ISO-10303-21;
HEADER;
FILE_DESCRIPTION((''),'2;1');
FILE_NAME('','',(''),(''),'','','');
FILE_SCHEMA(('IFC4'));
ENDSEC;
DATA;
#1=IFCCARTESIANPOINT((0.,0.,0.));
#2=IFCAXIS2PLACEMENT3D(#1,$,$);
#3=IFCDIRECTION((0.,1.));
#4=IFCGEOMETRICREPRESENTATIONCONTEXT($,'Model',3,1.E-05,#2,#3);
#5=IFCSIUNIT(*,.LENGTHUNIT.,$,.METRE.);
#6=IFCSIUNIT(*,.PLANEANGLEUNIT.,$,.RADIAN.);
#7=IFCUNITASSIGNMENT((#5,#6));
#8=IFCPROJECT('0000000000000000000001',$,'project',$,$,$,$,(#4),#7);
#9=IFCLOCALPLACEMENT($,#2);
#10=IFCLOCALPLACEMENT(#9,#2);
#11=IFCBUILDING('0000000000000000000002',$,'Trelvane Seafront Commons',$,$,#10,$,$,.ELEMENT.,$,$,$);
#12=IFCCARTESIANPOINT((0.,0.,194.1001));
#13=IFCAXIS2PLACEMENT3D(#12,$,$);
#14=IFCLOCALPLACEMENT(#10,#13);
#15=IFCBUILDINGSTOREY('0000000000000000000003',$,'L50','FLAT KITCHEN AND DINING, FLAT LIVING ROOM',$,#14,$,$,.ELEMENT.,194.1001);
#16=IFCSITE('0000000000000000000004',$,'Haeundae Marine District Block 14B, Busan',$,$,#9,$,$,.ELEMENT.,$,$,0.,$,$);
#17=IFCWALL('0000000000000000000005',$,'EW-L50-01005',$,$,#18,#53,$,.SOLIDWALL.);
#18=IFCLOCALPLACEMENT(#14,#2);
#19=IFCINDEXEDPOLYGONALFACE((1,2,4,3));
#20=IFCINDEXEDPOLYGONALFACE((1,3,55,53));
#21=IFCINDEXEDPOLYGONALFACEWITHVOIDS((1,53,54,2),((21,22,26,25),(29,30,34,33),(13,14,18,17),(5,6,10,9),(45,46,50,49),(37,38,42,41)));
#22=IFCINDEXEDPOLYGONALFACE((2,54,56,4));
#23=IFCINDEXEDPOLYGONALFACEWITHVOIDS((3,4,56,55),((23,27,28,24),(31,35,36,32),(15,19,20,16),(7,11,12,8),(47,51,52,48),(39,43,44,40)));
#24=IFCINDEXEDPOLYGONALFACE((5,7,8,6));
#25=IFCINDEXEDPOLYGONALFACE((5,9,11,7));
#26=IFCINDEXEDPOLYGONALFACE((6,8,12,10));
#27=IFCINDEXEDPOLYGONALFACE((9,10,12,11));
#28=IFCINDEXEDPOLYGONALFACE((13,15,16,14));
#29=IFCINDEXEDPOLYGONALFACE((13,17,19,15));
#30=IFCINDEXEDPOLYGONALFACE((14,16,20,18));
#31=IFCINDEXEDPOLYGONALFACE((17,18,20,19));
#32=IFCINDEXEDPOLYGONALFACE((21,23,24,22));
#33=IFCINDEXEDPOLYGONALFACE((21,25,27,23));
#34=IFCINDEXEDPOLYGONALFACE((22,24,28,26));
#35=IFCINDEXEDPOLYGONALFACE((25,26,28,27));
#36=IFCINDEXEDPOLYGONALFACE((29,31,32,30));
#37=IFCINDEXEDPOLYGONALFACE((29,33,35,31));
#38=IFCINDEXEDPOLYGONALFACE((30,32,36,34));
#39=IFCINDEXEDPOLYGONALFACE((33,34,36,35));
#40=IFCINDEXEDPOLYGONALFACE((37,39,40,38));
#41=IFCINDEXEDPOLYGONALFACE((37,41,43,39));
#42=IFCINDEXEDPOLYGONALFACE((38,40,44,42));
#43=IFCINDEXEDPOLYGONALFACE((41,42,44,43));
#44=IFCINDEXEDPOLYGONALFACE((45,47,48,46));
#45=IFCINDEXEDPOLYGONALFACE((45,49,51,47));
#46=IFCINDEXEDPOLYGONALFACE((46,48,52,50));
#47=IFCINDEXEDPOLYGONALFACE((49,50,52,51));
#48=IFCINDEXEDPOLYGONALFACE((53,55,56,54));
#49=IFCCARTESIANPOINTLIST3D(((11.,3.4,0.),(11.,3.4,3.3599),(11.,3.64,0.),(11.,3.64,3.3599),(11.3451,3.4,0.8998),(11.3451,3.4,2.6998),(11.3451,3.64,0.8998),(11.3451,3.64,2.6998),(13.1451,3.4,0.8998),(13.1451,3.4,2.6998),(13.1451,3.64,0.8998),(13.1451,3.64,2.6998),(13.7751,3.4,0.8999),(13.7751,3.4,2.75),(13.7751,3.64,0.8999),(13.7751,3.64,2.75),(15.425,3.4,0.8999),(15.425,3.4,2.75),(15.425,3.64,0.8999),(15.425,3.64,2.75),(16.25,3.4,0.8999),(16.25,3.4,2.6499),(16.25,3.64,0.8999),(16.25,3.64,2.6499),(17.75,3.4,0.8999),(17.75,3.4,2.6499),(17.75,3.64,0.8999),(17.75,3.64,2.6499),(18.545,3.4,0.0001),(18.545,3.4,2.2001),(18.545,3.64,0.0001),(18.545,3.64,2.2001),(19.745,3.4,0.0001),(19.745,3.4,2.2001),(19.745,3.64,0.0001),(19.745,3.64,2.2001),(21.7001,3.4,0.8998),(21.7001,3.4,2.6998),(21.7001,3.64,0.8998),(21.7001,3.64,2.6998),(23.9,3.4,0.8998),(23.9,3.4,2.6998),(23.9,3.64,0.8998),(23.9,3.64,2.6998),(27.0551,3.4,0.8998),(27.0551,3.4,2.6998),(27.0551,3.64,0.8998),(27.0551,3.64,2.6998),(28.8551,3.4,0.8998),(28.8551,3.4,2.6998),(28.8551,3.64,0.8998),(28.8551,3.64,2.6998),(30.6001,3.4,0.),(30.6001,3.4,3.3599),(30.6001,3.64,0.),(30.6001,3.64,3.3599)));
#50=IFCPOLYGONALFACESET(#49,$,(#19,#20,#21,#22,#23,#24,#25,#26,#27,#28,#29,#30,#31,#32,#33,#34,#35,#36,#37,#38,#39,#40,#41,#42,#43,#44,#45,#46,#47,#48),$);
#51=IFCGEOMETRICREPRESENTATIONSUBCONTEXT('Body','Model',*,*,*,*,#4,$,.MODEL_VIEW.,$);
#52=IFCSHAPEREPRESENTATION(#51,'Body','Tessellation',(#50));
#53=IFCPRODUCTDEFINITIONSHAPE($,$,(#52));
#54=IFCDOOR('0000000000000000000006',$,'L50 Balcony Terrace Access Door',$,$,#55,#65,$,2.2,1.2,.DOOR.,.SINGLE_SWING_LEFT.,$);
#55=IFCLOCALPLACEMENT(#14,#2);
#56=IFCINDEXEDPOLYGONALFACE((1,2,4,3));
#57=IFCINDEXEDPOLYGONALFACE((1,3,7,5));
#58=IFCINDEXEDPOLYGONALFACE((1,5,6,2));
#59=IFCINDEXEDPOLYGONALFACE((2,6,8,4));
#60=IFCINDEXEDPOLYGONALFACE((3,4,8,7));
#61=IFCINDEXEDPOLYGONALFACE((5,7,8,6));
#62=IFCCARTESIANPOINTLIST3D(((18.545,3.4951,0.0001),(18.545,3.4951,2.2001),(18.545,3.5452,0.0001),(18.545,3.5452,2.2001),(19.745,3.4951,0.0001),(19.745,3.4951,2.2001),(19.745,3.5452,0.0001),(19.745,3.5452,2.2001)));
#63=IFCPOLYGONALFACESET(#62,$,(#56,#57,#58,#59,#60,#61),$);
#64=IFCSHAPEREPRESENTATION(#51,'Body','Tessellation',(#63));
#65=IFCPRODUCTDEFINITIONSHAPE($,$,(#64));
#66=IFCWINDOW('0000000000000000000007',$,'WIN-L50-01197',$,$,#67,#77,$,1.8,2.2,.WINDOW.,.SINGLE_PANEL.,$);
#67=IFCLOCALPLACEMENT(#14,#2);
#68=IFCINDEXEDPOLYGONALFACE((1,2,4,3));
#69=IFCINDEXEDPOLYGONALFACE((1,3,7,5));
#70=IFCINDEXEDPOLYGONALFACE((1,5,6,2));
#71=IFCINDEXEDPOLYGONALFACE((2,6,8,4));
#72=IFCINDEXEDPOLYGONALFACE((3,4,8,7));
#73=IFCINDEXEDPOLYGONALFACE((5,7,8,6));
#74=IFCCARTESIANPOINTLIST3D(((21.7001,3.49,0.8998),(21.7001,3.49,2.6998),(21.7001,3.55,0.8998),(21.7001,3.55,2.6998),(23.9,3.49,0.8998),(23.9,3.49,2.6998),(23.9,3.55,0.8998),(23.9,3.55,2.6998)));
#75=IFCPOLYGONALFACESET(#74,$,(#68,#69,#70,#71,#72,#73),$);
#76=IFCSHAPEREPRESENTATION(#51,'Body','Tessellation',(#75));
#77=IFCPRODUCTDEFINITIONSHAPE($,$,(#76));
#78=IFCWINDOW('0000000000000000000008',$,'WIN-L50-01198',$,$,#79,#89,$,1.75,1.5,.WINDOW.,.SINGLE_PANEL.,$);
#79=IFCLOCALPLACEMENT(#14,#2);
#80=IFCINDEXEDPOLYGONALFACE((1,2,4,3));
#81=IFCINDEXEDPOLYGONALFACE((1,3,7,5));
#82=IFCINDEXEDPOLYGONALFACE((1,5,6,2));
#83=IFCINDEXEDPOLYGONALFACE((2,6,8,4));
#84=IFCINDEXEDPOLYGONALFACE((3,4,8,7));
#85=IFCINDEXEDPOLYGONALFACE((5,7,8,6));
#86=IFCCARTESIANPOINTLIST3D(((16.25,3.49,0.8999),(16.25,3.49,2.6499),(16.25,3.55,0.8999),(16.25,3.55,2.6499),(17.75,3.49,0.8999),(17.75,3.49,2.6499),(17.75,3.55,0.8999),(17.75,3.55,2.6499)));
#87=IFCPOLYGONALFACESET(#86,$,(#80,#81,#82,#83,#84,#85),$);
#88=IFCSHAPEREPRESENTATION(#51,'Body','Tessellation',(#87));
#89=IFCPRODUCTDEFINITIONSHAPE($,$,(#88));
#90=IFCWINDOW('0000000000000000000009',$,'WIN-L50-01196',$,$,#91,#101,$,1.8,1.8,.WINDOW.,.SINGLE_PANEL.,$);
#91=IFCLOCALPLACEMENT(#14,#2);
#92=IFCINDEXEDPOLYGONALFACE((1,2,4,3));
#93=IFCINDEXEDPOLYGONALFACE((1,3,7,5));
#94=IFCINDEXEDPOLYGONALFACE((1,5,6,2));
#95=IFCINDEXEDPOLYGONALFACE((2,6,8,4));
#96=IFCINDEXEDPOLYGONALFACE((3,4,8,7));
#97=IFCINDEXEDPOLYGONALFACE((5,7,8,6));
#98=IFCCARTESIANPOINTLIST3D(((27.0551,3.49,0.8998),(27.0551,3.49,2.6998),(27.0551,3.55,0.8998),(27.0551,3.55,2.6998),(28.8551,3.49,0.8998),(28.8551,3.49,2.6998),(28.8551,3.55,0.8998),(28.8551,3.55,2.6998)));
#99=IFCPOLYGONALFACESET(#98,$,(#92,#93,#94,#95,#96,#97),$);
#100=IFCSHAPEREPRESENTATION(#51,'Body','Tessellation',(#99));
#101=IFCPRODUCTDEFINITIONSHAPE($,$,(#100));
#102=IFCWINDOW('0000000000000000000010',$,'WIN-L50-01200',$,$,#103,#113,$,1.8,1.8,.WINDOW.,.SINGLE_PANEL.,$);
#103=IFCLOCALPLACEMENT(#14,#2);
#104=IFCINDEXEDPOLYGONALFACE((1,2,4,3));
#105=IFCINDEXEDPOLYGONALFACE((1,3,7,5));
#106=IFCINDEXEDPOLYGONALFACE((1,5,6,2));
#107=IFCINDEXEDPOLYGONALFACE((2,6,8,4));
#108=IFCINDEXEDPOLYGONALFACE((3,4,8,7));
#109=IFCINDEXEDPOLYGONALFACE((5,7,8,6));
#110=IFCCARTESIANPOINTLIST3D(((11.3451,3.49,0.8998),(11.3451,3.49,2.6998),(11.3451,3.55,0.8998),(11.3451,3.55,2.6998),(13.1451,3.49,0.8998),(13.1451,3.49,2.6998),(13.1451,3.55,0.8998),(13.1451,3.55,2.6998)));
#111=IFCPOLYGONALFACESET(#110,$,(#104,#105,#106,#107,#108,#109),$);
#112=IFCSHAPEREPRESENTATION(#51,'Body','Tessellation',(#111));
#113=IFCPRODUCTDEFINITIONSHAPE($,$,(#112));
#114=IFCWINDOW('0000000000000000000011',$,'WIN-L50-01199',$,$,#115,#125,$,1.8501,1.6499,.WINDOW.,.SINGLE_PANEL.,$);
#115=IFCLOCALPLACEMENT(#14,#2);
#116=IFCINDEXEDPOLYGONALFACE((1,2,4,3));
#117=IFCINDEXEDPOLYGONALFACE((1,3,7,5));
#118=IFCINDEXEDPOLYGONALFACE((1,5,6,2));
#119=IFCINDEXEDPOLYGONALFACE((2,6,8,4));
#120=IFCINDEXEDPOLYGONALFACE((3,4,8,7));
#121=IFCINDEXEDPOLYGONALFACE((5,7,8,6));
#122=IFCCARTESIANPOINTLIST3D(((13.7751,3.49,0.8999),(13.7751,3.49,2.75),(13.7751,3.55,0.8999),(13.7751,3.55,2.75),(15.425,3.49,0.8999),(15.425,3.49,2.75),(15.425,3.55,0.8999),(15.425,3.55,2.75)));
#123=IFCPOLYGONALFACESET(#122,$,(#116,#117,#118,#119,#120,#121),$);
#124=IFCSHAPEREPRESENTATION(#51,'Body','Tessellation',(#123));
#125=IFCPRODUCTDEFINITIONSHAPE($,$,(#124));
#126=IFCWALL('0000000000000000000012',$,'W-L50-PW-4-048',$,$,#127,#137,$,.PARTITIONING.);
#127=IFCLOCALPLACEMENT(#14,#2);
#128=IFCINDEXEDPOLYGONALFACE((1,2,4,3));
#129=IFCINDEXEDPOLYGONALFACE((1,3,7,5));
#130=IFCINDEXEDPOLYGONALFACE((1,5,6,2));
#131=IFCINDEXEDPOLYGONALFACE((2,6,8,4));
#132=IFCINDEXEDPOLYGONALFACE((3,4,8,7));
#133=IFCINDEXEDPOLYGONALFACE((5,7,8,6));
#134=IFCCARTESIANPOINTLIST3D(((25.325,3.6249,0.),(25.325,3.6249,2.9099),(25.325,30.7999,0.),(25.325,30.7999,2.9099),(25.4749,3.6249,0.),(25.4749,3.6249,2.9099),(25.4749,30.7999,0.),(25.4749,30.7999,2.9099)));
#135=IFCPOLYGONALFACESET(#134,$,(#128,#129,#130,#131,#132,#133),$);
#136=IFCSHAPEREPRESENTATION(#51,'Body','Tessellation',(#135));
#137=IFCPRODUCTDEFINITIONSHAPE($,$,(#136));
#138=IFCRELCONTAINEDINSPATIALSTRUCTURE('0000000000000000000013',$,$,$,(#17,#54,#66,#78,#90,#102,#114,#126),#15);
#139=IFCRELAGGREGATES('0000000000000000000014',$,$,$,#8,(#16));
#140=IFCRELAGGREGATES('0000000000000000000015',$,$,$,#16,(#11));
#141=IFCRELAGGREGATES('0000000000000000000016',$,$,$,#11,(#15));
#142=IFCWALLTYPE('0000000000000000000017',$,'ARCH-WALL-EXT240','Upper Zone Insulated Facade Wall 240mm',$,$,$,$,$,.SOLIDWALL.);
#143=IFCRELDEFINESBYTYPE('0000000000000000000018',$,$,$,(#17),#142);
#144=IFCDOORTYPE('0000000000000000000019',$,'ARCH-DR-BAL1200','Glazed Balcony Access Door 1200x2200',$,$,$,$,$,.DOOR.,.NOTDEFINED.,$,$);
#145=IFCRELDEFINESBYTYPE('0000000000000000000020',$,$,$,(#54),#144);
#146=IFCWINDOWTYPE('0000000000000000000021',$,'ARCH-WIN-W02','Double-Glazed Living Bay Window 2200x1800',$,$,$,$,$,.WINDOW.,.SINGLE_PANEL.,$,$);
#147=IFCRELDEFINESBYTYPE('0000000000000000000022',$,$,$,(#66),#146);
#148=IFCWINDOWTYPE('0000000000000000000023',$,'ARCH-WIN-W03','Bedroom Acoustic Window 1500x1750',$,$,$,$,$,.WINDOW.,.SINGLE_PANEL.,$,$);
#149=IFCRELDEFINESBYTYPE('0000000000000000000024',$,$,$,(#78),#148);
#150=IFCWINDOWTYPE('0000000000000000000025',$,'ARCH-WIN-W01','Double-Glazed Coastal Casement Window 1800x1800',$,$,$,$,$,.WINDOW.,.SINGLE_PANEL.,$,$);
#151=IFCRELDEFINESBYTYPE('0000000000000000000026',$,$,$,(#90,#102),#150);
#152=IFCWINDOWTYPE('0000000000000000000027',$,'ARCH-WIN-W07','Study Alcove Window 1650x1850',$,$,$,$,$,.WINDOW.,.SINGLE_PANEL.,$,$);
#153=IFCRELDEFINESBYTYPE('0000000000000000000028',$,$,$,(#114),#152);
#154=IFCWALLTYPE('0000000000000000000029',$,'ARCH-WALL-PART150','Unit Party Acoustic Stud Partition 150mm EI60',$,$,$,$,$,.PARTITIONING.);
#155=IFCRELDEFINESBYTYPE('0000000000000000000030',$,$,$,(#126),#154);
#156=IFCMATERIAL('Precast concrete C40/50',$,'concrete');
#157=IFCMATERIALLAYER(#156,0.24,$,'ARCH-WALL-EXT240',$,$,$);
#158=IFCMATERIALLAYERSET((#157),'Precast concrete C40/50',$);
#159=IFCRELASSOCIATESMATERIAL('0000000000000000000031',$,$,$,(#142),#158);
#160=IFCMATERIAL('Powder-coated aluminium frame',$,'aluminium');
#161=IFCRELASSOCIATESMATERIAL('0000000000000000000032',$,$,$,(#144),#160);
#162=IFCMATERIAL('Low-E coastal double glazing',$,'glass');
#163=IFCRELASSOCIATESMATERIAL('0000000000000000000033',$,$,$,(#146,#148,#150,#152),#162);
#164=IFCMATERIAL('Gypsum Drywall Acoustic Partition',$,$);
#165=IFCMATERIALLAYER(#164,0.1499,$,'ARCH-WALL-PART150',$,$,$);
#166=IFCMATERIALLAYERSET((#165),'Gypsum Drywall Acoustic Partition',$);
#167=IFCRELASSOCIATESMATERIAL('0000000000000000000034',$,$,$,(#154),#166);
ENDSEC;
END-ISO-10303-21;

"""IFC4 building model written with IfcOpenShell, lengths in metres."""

from ifc_helpers import new_model, si_unit, direction, frame, frame_2d, origin, place, context, subcontext, project, spatial, rectangle, extrude, source, transform, mapped, material, layer, layer_set, type_object, element, fill, save


model = new_model("IFC4")

# Units and contexts
model_context = context("Model", 3, precision=1e-05, world=origin(), true_north=direction((0.0, 1.0)))
body_context = subcontext(model_context, "Body", "Model", "MODEL_VIEW")
ifc_project = project(units=[si_unit("LENGTHUNIT", "METRE"), si_unit("PLANEANGLEUNIT", "RADIAN")], contexts=[model_context])

# Site, building, storey
site_placement = place(None, origin())
site = spatial("IfcSite", under=ifc_project, at=site_placement, Name="Haeundae Marine District Block 14B, Busan", CompositionType="ELEMENT", RefElevation=0.0)
building_placement = place(site_placement, origin())
building = spatial("IfcBuilding", under=site, at=building_placement, Name="Trelvane Seafront Commons", CompositionType="ELEMENT")
storey_placement = place(building_placement, frame((0.0, 0.0, 194.1001)))
storey = spatial("IfcBuildingStorey", under=building, at=storey_placement, Name="L50", Description="FLAT KITCHEN AND DINING, FLAT LIVING ROOM", CompositionType="ELEMENT", Elevation=194.1001)

# Shared definitions
ifc_material_1 = material(Name="Low-E coastal double glazing", Category="glass")

# Wall, openings, door, windows
ifc_material_2 = material(Name="Precast concrete C40/50", Category="concrete")
ifc_layer_1 = layer(ifc_material_2, 0.24, Name="ARCH-WALL-EXT240")
ifc_layer_set_1 = layer_set([ifc_layer_1], Name="Precast concrete C40/50")
wall_type_1 = type_object("IfcWallType", Name="ARCH-WALL-EXT240", Description="Upper Zone Insulated Facade Wall 240mm", PredefinedType="SOLIDWALL", material=ifc_layer_set_1)
wall_1_placement = place(storey_placement, frame((30.6001, 3.52, 0.0), z_axis=(0.0, 0.0, 1.0), x_axis=(-1.0, 0.0, 0.0)))
wall_1 = element("IfcWall", 1, at=wall_1_placement, inside=storey, type_object=wall_type_1, Name="EW-L50-01005", PredefinedType="SOLIDWALL", context=body_context, shape_type="SweptSolid", body=[
    extrude(rectangle(XDim=19.6001, YDim=0.24, at=frame_2d((9.8, 0.0))), origin(), (0.0, 0.0, 1.0), 3.3599),
])
opening_1_placement = place(wall_1_placement, frame((1.7451, 0.0, 0.8999)))
opening_1 = element("IfcOpeningElement", 2, at=opening_1_placement, cuts=wall_1, PredefinedType="OPENING", context=body_context, shape_type="SweptSolid", body=[
    extrude(rectangle(XDim=1.8, YDim=1.8, at=frame_2d((0.8999, 0.8999))), frame((0.0, 0.1299, 0.0), z_axis=(0.0, -1.0, 0.0), x_axis=(1.0, 0.0, 0.0)), (0.0, 0.0, 1.0), 0.26),
])
opening_2_placement = place(wall_1_placement, frame((6.7, 0.0, 0.8999)))
opening_2 = element("IfcOpeningElement", 3, at=opening_2_placement, cuts=wall_1, PredefinedType="OPENING", context=body_context, shape_type="SweptSolid", body=[
    extrude(rectangle(XDim=2.2, YDim=1.8, at=frame_2d((1.1001, 0.8999))), frame((0.0, 0.1299, 0.0), z_axis=(0.0, -1.0, 0.0), x_axis=(1.0, 0.0, 0.0)), (0.0, 0.0, 1.0), 0.26),
])
opening_3_placement = place(wall_1_placement, frame((10.855, 0.0, 0.0)))
opening_3 = element("IfcOpeningElement", 4, at=opening_3_placement, cuts=wall_1, PredefinedType="OPENING", context=body_context, shape_type="SweptSolid", body=[
    extrude(rectangle(XDim=1.2, YDim=2.2, at=frame_2d((0.6001, 1.1001))), frame((0.0, 0.1299, 0.0), z_axis=(0.0, -1.0, 0.0), x_axis=(1.0, 0.0, 0.0)), (0.0, 0.0, 1.0), 0.26),
])
opening_4_placement = place(wall_1_placement, frame((12.8501, 0.0, 0.8999)))
opening_4 = element("IfcOpeningElement", 5, at=opening_4_placement, cuts=wall_1, PredefinedType="OPENING", context=body_context, shape_type="SweptSolid", body=[
    extrude(rectangle(XDim=1.5, YDim=1.75, at=frame_2d((0.75, 0.875))), frame((0.0, 0.1299, 0.0), z_axis=(0.0, -1.0, 0.0), x_axis=(1.0, 0.0, 0.0)), (0.0, 0.0, 1.0), 0.26),
])
opening_5_placement = place(wall_1_placement, frame((15.175, 0.0, 0.8999)))
opening_5 = element("IfcOpeningElement", 6, at=opening_5_placement, cuts=wall_1, PredefinedType="OPENING", context=body_context, shape_type="SweptSolid", body=[
    extrude(rectangle(XDim=1.6499, YDim=1.8501, at=frame_2d((0.825, 0.925))), frame((0.0, 0.1299, 0.0), z_axis=(0.0, -1.0, 0.0), x_axis=(1.0, 0.0, 0.0)), (0.0, 0.0, 1.0), 0.26),
])
opening_6_placement = place(wall_1_placement, frame((17.4551, 0.0, 0.8999)))
opening_6 = element("IfcOpeningElement", 7, at=opening_6_placement, cuts=wall_1, PredefinedType="OPENING", context=body_context, shape_type="SweptSolid", body=[
    extrude(rectangle(XDim=1.8, YDim=1.8, at=frame_2d((0.8999, 0.8999))), frame((0.0, 0.1299, 0.0), z_axis=(0.0, -1.0, 0.0), x_axis=(1.0, 0.0, 0.0)), (0.0, 0.0, 1.0), 0.26),
])
ifc_material_3 = material(Name="Powder-coated aluminium frame", Category="aluminium")
door_type = type_object("IfcDoorType", Name="ARCH-DR-BAL1200", Description="Glazed Balcony Access Door 1200x2200", OperationType="NOTDEFINED", PredefinedType="DOOR", material=ifc_material_3)
shared_shape_1 = source(origin(), body_context, "Body", "SweptSolid", [
    extrude(rectangle(XDim=1.2, YDim=2.2, at=frame_2d((0.6001, 1.1001))), frame((0.0, 0.0249, 0.0), z_axis=(0.0, -1.0, 0.0), x_axis=(1.0, 0.0, 0.0)), (0.0, 0.0, 1.0), 0.05),
])
door_placement = place(opening_3_placement, origin())
door = element("IfcDoor", 8, at=door_placement, inside=storey, type_object=door_type, Name="L50 Balcony Terrace Access Door", OperationType="SINGLE_SWING_LEFT", OverallHeight=2.2, OverallWidth=1.2, PredefinedType="DOOR", context=body_context, shape_type="MappedRepresentation", body=[
    mapped(shared_shape_1, transform((0.0, 0.0, 0.0), x_axis=(1.0, 0.0, 0.0), y_axis=(0.0, 1.0, 0.0), z_axis=(0.0, 0.0, 1.0), scale=1.0)),
])
fill(opening_3, door)
window_type_1 = type_object("IfcWindowType", Name="ARCH-WIN-W02", Description="Double-Glazed Living Bay Window 2200x1800", PartitioningType="SINGLE_PANEL", PredefinedType="WINDOW", material=ifc_material_1)
shared_shape_2 = source(origin(), body_context, "Body", "SweptSolid", [
    extrude(rectangle(XDim=2.2, YDim=1.8, at=frame_2d((1.1001, 0.8999))), frame((0.0, 0.03, 0.0), z_axis=(0.0, -1.0, 0.0), x_axis=(1.0, 0.0, 0.0)), (0.0, 0.0, 1.0), 0.0601),
])
window_1_placement = place(opening_2_placement, origin())
window_1 = element("IfcWindow", 9, at=window_1_placement, inside=storey, type_object=window_type_1, Name="WIN-L50-01197", OverallHeight=1.8, OverallWidth=2.2, PartitioningType="SINGLE_PANEL", PredefinedType="WINDOW", context=body_context, shape_type="MappedRepresentation", body=[
    mapped(shared_shape_2, transform((0.0, 0.0, 0.0), x_axis=(1.0, 0.0, 0.0), y_axis=(0.0, 1.0, 0.0), z_axis=(0.0, 0.0, 1.0), scale=1.0)),
])
fill(opening_2, window_1)
window_type_2 = type_object("IfcWindowType", Name="ARCH-WIN-W03", Description="Bedroom Acoustic Window 1500x1750", PartitioningType="SINGLE_PANEL", PredefinedType="WINDOW", material=ifc_material_1)
shared_shape_3 = source(origin(), body_context, "Body", "SweptSolid", [
    extrude(rectangle(XDim=1.5, YDim=1.75, at=frame_2d((0.75, 0.875))), frame((0.0, 0.03, 0.0), z_axis=(0.0, -1.0, 0.0), x_axis=(1.0, 0.0, 0.0)), (0.0, 0.0, 1.0), 0.0601),
])
window_2_placement = place(opening_4_placement, origin())
window_2 = element("IfcWindow", 10, at=window_2_placement, inside=storey, type_object=window_type_2, Name="WIN-L50-01198", OverallHeight=1.75, OverallWidth=1.5, PartitioningType="SINGLE_PANEL", PredefinedType="WINDOW", context=body_context, shape_type="MappedRepresentation", body=[
    mapped(shared_shape_3, transform((0.0, 0.0, 0.0), x_axis=(1.0, 0.0, 0.0), y_axis=(0.0, 1.0, 0.0), z_axis=(0.0, 0.0, 1.0), scale=1.0)),
])
fill(opening_4, window_2)
window_type_3 = type_object("IfcWindowType", Name="ARCH-WIN-W01", Description="Double-Glazed Coastal Casement Window 1800x1800", PartitioningType="SINGLE_PANEL", PredefinedType="WINDOW", material=ifc_material_1)
shared_shape_4 = source(origin(), body_context, "Body", "SweptSolid", [
    extrude(rectangle(XDim=1.8, YDim=1.8, at=frame_2d((0.8999, 0.8999))), frame((0.0, 0.03, 0.0), z_axis=(0.0, -1.0, 0.0), x_axis=(1.0, 0.0, 0.0)), (0.0, 0.0, 1.0), 0.0601),
])
window_3_placement = place(opening_1_placement, origin())
window_3 = element("IfcWindow", 11, at=window_3_placement, inside=storey, type_object=window_type_3, Name="WIN-L50-01196", OverallHeight=1.8, OverallWidth=1.8, PartitioningType="SINGLE_PANEL", PredefinedType="WINDOW", context=body_context, shape_type="MappedRepresentation", body=[
    mapped(shared_shape_4, transform((0.0, 0.0, 0.0), x_axis=(1.0, 0.0, 0.0), y_axis=(0.0, 1.0, 0.0), z_axis=(0.0, 0.0, 1.0), scale=1.0)),
])
fill(opening_1, window_3)
window_4_placement = place(opening_6_placement, origin())
window_4 = element("IfcWindow", 12, at=window_4_placement, inside=storey, type_object=window_type_3, Name="WIN-L50-01200", OverallHeight=1.8, OverallWidth=1.8, PartitioningType="SINGLE_PANEL", PredefinedType="WINDOW", context=body_context, shape_type="MappedRepresentation", body=[
    mapped(shared_shape_4, transform((0.0, 0.0, 0.0), x_axis=(1.0, 0.0, 0.0), y_axis=(0.0, 1.0, 0.0), z_axis=(0.0, 0.0, 1.0), scale=1.0)),
])
fill(opening_6, window_4)
window_type_4 = type_object("IfcWindowType", Name="ARCH-WIN-W07", Description="Study Alcove Window 1650x1850", PartitioningType="SINGLE_PANEL", PredefinedType="WINDOW", material=ifc_material_1)
shared_shape_5 = source(origin(), body_context, "Body", "SweptSolid", [
    extrude(rectangle(XDim=1.6499, YDim=1.8501, at=frame_2d((0.825, 0.925))), frame((0.0, 0.03, 0.0), z_axis=(0.0, -1.0, 0.0), x_axis=(1.0, 0.0, 0.0)), (0.0, 0.0, 1.0), 0.0601),
])
window_5_placement = place(opening_5_placement, origin())
window_5 = element("IfcWindow", 13, at=window_5_placement, inside=storey, type_object=window_type_4, Name="WIN-L50-01199", OverallHeight=1.8501, OverallWidth=1.6499, PartitioningType="SINGLE_PANEL", PredefinedType="WINDOW", context=body_context, shape_type="MappedRepresentation", body=[
    mapped(shared_shape_5, transform((0.0, 0.0, 0.0), x_axis=(1.0, 0.0, 0.0), y_axis=(0.0, 1.0, 0.0), z_axis=(0.0, 0.0, 1.0), scale=1.0)),
])
fill(opening_5, window_5)

# Wall
ifc_material_4 = material(Name="Gypsum Drywall Acoustic Partition")
ifc_layer_2 = layer(ifc_material_4, 0.1499, Name="ARCH-WALL-PART150")
ifc_layer_set_2 = layer_set([ifc_layer_2], Name="Gypsum Drywall Acoustic Partition")
wall_type_2 = type_object("IfcWallType", Name="ARCH-WALL-PART150", Description="Unit Party Acoustic Stud Partition 150mm EI60", PredefinedType="PARTITIONING", material=ifc_layer_set_2)
wall_2_placement = place(storey_placement, frame((25.3999, 3.625, 0.0), z_axis=(0.0, 0.0, 1.0), x_axis=(0.0, 1.0, 0.0)))
element("IfcWall", 14, at=wall_2_placement, inside=storey, type_object=wall_type_2, Name="W-L50-PW-4-048", PredefinedType="PARTITIONING", context=body_context, shape_type="SweptSolid", body=[
    extrude(rectangle(XDim=27.175, YDim=0.1499, at=frame_2d((13.5874, 0.0))), origin(), (0.0, 0.0, 1.0), 2.9099),
])

save(model, "model.ifc")
